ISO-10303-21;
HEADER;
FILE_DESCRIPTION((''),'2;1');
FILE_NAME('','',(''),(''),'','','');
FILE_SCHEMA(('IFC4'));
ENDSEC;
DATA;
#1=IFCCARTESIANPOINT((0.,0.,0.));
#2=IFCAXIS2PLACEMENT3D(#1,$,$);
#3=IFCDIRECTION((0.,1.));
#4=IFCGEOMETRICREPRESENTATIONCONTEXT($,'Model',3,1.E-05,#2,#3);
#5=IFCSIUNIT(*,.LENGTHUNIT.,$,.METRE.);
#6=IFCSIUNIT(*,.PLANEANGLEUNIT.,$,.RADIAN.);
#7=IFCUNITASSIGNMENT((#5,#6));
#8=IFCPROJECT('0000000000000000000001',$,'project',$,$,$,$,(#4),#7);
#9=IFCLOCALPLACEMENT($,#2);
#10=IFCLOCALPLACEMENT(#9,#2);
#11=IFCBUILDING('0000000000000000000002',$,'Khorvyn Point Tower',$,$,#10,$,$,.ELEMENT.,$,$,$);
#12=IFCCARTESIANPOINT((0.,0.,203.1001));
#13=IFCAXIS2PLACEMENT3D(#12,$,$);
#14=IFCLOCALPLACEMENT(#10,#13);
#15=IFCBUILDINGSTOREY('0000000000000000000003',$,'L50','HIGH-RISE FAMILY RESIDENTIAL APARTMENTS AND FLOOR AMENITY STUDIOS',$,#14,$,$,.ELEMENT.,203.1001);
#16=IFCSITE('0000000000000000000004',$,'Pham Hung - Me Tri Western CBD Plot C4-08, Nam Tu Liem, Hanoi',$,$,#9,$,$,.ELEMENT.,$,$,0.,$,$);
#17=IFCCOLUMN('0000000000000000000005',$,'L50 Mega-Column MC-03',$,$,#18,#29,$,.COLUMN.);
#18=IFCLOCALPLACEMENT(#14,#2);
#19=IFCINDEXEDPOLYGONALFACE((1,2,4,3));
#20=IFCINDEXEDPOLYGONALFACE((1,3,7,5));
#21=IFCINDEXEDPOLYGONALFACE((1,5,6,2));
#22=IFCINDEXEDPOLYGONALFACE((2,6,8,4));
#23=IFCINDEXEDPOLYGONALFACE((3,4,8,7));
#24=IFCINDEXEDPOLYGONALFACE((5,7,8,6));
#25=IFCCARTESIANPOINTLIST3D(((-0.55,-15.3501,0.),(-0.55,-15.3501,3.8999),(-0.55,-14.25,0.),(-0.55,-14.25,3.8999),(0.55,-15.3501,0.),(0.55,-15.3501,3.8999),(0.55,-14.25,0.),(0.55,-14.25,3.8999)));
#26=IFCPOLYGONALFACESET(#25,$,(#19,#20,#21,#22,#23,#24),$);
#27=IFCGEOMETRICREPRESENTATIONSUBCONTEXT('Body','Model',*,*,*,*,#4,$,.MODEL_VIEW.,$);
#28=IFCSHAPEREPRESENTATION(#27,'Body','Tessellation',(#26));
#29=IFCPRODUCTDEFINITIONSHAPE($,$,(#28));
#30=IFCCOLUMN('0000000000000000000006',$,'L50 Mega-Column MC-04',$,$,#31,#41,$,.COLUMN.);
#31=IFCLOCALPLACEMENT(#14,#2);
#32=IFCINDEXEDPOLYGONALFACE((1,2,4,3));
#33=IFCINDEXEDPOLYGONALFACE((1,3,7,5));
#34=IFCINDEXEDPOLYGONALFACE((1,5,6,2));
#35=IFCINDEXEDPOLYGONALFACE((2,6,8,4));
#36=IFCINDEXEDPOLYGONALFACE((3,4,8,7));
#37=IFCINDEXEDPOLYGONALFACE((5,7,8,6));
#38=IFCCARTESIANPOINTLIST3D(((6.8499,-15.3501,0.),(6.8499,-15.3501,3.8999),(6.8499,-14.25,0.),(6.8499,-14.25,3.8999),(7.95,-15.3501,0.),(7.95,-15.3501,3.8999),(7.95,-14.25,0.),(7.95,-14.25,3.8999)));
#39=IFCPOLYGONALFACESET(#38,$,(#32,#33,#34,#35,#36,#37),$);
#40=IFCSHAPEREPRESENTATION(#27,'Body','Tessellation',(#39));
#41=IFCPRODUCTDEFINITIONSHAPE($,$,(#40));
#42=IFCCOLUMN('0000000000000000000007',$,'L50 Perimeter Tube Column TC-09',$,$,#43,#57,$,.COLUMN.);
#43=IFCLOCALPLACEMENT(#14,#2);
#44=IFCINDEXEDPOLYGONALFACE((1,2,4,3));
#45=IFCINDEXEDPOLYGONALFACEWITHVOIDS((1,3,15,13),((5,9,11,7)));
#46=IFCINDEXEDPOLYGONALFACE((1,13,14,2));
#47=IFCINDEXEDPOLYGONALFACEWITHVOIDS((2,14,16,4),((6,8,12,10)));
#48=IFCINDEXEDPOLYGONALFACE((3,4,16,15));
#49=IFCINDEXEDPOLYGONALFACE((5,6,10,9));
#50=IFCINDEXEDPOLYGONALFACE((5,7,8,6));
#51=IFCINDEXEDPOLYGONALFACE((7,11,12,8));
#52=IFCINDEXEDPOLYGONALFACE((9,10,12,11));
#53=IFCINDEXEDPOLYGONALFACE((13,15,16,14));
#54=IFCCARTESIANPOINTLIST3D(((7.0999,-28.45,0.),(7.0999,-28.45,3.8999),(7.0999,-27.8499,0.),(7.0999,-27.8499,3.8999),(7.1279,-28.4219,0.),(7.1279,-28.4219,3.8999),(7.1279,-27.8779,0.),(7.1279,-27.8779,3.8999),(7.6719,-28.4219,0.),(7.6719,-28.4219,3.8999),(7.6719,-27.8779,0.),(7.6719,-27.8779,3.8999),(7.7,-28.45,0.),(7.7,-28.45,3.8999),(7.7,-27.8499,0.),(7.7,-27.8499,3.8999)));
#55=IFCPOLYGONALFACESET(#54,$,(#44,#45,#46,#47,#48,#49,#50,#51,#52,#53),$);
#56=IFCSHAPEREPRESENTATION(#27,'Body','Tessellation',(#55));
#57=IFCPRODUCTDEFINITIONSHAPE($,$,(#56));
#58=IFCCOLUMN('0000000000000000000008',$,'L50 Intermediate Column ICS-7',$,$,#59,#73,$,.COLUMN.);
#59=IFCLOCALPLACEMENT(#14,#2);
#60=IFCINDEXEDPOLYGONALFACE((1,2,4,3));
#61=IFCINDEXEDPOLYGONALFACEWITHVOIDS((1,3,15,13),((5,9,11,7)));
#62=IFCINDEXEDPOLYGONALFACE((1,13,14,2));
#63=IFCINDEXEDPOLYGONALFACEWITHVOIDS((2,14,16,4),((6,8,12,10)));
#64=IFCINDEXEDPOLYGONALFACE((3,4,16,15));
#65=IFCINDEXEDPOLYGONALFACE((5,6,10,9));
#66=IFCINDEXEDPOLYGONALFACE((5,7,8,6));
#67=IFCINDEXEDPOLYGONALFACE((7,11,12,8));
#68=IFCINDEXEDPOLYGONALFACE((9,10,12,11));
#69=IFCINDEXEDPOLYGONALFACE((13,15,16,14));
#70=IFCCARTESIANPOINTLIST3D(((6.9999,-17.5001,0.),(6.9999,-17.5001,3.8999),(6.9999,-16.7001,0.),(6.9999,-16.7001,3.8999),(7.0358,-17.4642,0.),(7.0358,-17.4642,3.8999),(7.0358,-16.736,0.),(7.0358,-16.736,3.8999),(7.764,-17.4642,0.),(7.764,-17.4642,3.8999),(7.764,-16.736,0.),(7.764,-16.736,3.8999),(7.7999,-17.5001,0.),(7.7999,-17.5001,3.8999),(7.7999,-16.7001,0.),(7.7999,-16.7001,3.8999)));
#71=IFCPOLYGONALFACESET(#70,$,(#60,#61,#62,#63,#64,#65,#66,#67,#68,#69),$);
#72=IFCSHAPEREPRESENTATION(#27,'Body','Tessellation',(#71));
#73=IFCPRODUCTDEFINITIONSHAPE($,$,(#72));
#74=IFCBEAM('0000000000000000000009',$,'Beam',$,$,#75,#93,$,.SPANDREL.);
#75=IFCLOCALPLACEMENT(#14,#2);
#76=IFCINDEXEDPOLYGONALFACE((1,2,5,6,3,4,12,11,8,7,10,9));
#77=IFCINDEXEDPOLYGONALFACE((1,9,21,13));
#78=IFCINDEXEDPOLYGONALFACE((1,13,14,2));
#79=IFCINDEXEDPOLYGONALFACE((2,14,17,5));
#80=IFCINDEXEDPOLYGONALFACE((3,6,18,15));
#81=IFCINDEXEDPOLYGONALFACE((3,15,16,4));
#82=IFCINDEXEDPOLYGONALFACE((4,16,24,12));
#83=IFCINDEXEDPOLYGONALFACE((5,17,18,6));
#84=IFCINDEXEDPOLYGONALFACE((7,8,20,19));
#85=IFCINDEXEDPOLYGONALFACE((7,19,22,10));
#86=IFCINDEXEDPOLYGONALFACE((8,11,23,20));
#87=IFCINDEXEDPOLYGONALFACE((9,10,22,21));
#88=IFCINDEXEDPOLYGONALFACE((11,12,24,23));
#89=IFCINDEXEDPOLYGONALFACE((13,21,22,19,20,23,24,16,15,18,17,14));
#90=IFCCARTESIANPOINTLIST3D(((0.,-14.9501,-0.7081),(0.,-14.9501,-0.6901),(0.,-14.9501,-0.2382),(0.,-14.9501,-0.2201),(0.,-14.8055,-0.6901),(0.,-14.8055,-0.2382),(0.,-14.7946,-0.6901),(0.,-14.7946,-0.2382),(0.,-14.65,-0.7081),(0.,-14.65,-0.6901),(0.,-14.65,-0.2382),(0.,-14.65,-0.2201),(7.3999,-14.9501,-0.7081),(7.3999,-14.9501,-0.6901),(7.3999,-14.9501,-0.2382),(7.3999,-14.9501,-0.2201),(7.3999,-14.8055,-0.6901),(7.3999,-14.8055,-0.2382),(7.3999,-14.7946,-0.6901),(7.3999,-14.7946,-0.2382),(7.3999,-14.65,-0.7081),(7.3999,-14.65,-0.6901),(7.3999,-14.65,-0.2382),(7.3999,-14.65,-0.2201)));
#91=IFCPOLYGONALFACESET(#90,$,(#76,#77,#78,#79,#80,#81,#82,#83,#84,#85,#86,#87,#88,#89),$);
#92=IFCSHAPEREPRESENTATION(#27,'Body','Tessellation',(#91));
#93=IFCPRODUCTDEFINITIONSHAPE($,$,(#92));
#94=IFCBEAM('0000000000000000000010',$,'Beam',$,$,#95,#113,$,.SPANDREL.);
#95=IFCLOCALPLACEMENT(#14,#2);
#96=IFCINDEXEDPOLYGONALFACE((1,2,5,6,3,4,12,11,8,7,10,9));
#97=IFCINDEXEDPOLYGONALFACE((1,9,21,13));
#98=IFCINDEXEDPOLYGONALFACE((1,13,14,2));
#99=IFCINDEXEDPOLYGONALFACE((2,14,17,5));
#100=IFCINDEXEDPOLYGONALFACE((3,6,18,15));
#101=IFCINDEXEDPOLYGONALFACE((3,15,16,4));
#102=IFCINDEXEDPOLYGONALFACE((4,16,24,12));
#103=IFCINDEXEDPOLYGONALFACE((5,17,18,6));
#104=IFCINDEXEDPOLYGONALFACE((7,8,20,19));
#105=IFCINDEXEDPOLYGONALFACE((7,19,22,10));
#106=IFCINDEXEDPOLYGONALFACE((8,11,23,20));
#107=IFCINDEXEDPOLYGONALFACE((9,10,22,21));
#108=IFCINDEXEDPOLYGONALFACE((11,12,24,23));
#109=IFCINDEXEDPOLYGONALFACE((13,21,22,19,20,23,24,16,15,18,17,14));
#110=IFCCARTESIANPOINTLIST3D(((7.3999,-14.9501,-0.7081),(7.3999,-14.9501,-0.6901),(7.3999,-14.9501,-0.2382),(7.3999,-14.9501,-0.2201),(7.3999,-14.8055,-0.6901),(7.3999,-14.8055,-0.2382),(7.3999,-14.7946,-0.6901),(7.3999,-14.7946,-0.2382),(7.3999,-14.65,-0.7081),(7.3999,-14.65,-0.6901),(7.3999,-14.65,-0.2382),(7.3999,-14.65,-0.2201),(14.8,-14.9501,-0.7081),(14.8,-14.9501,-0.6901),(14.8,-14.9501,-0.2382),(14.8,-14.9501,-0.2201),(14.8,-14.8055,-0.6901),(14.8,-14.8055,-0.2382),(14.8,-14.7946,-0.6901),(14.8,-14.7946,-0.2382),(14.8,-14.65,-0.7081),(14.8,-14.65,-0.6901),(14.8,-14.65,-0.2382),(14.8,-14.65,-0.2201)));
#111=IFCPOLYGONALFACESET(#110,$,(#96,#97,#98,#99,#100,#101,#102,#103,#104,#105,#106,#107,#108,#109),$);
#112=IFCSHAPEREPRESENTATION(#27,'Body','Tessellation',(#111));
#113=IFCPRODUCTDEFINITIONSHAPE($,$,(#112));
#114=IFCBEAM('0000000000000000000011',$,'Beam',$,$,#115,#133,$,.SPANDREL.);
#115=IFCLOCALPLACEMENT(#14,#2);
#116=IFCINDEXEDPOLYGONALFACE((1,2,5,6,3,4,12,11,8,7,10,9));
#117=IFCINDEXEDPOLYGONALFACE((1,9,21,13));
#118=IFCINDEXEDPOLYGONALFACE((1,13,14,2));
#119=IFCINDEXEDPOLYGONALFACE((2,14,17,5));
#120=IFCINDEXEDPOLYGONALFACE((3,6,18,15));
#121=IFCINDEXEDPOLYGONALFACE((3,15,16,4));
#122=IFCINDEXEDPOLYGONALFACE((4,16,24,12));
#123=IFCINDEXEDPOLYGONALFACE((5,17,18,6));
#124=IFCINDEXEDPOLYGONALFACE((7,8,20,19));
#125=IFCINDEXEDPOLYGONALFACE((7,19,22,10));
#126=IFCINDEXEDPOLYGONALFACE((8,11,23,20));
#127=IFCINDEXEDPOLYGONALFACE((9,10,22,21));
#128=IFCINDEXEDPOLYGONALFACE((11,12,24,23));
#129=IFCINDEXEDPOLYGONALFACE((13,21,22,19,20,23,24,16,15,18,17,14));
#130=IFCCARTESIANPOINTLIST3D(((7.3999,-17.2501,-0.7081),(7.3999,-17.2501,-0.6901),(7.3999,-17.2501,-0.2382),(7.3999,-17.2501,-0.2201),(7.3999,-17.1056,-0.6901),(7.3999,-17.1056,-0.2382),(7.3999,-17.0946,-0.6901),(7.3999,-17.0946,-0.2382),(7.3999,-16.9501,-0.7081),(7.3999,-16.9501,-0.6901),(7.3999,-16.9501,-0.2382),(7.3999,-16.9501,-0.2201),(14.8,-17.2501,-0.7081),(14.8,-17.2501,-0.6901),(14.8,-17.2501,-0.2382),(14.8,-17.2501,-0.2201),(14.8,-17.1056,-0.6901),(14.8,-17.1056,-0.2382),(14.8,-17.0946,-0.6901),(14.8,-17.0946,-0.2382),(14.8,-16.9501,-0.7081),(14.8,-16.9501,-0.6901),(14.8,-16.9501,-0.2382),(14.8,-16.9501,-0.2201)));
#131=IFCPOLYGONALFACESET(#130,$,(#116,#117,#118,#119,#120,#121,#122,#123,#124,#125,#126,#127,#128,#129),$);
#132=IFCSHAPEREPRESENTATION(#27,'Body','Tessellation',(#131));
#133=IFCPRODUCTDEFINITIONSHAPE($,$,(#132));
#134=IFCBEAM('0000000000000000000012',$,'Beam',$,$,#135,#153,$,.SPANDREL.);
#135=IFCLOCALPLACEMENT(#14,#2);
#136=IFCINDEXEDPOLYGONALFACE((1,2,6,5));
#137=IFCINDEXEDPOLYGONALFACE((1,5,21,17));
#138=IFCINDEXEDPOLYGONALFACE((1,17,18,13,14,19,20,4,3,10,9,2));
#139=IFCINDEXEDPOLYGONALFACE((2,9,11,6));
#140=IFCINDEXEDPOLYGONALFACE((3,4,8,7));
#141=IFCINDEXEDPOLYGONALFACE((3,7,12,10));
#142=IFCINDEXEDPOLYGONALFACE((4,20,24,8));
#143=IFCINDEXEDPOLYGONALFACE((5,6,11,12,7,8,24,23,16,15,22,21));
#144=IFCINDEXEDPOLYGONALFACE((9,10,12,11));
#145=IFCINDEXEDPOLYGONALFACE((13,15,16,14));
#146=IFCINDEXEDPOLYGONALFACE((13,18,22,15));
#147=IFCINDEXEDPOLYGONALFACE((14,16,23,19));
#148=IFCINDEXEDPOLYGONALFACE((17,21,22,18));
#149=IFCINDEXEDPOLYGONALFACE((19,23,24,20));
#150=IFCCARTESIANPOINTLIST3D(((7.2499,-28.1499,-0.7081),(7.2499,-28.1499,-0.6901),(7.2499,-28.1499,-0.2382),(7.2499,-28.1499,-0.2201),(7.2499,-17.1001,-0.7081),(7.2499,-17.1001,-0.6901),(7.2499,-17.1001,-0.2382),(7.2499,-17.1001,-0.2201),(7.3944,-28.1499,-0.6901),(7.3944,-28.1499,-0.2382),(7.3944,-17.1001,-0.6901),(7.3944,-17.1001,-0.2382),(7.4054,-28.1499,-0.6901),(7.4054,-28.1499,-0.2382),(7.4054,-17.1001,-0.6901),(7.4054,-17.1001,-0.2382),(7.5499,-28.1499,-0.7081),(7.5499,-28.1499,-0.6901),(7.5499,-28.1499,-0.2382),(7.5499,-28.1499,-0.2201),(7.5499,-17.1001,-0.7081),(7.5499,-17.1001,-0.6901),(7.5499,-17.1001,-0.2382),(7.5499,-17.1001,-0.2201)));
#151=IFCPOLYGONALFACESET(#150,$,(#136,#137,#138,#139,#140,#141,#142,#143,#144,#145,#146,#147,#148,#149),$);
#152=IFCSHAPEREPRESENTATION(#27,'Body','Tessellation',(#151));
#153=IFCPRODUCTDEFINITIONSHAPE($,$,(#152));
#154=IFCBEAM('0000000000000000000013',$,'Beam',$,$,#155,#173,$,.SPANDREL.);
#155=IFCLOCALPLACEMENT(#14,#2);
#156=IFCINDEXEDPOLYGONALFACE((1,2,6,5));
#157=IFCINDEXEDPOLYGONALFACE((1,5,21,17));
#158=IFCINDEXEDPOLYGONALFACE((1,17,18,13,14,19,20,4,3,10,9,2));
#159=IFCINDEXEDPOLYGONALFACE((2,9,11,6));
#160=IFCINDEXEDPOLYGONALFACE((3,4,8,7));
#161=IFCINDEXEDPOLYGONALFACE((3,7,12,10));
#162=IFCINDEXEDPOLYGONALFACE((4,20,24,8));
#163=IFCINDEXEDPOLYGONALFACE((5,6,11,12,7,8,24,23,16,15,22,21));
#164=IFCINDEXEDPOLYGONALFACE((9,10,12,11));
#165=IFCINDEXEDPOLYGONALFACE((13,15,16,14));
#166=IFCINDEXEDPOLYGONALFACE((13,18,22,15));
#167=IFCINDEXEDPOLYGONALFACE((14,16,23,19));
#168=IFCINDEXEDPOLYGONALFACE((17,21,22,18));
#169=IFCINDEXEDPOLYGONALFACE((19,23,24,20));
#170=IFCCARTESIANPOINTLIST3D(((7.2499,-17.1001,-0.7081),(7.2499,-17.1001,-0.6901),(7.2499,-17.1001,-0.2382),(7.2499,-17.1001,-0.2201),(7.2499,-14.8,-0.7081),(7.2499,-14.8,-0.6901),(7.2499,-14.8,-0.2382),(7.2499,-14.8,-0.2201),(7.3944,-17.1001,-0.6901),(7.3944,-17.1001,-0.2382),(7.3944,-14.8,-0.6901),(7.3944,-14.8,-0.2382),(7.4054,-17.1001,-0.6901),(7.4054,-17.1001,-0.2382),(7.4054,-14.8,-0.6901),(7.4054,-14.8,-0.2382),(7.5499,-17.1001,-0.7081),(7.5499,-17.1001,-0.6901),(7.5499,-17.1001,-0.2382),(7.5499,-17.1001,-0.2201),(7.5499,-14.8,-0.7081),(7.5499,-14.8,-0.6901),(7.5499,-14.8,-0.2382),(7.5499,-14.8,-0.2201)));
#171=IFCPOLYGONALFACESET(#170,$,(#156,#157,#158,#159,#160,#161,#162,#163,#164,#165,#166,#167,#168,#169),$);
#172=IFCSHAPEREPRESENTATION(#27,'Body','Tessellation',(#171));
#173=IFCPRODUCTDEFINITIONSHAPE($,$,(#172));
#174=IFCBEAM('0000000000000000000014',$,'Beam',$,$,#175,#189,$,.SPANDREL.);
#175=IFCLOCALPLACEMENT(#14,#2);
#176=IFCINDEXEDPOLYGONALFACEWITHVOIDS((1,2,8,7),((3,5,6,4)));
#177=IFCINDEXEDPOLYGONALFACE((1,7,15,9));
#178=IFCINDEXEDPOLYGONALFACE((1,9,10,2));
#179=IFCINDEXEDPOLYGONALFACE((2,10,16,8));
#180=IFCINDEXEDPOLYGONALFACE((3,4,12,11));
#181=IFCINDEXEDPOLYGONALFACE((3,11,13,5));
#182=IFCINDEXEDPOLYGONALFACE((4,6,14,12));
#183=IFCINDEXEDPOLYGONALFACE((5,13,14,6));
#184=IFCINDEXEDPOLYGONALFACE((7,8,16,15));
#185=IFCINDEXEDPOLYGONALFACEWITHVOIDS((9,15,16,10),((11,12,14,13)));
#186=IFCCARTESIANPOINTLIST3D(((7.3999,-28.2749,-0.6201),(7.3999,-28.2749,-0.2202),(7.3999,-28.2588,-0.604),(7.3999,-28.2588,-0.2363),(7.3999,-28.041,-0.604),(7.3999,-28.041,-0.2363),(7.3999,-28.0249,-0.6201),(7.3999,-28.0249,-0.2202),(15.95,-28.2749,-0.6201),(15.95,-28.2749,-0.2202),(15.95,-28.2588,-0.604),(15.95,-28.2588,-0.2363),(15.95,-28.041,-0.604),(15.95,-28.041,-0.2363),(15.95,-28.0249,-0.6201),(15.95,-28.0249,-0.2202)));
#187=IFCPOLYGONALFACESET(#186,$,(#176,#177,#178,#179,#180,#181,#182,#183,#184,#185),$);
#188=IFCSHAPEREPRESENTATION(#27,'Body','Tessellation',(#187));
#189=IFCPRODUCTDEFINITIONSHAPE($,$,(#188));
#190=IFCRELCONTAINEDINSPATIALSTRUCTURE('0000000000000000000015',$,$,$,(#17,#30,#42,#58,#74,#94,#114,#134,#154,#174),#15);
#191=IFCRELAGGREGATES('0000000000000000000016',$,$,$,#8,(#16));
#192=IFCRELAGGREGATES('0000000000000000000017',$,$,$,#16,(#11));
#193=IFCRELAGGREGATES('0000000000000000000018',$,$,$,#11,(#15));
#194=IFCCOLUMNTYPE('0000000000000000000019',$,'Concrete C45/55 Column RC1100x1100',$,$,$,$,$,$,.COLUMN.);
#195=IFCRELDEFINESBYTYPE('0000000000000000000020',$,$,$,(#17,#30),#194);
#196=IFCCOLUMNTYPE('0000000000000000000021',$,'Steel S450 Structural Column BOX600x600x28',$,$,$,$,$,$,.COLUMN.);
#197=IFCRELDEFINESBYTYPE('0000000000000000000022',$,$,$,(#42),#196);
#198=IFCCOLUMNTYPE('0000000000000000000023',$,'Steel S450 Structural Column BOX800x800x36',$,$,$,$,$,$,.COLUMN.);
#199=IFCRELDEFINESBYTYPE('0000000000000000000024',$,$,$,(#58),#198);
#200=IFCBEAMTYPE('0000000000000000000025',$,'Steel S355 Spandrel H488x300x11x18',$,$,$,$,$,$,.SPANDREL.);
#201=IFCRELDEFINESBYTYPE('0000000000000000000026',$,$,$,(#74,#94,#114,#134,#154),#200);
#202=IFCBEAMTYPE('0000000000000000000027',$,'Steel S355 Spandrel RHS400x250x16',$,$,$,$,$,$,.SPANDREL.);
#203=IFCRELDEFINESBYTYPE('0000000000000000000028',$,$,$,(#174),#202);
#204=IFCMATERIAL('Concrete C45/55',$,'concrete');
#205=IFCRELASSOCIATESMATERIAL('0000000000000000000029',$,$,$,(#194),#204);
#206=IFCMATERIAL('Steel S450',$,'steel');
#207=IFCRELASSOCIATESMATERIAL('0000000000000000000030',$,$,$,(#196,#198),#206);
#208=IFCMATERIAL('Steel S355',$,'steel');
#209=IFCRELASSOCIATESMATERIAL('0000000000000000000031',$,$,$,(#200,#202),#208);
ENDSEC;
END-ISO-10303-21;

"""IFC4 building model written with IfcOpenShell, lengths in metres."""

from ifc_helpers import new_model, si_unit, direction, frame, origin, origin_2d, place, context, subcontext, project, spatial, rectangle, hollow_rectangle, i_section, extrude, material, material_profile, profile_set, type_object, element, save


model = new_model("IFC4")

# Units and contexts
model_context = context("Model", 3, precision=1e-05, world=origin(), true_north=direction((0.0, 1.0)))
body_context = subcontext(model_context, "Body", "Model", "MODEL_VIEW")
ifc_project = project(units=[si_unit("LENGTHUNIT", "METRE"), si_unit("PLANEANGLEUNIT", "RADIAN")], contexts=[model_context])

# Site, building, storey
site_placement = place(None, origin())
site = spatial("IfcSite", under=ifc_project, at=site_placement, Name="Pham Hung - Me Tri Western CBD Plot C4-08, Nam Tu Liem, Hanoi", CompositionType="ELEMENT", RefElevation=0.0)
building_placement = place(site_placement, origin())
building = spatial("IfcBuilding", under=site, at=building_placement, Name="Khorvyn Point Tower", CompositionType="ELEMENT")
storey_placement = place(building_placement, frame((0.0, 0.0, 203.1001)))
storey = spatial("IfcBuildingStorey", under=building, at=storey_placement, Name="L50", Description="HIGH-RISE FAMILY RESIDENTIAL APARTMENTS AND FLOOR AMENITY STUDIOS", CompositionType="ELEMENT", Elevation=203.1001)

# Columns
ifc_material_1 = material(Name="Concrete C45/55", Category="concrete")
ifc_material_profile_1 = material_profile(ifc_material_1, rectangle(XDim=1.1001, YDim=1.1001, at=origin_2d()))
ifc_profile_set_1 = profile_set([ifc_material_profile_1], Name="Concrete C45/55 RC1100x1100")
column_type_1 = type_object("IfcColumnType", Name="Concrete C45/55 Column RC1100x1100", PredefinedType="COLUMN", material=ifc_profile_set_1)
for number, where, z_axis, x_axis, name in (
    (1, (0.0, -14.8, 0.0), (0.0, 0.0, 1.0), (1.0, 0.0, 0.0), "L50 Mega-Column MC-03"),
    (2, (7.3999, -14.8, 0.0), (0.0, 0.0, 1.0), (1.0, 0.0, 0.0), "L50 Mega-Column MC-04"),
):
    element("IfcColumn", number, at=place(storey_placement, frame(where, z_axis=z_axis, x_axis=x_axis)), inside=storey, type_object=column_type_1, Name=name, PredefinedType="COLUMN", context=body_context, shape_type="SweptSolid", body=[
        extrude(rectangle(XDim=1.1001, YDim=1.1001, at=origin_2d()), origin(), (0.0, 0.0, 1.0), 3.8999),
    ])
ifc_material_2 = material(Name="Steel S450", Category="steel")
ifc_material_profile_2 = material_profile(ifc_material_2, hollow_rectangle(XDim=0.6001, YDim=0.6001, WallThickness=0.0281, at=origin_2d()))
ifc_profile_set_2 = profile_set([ifc_material_profile_2], Name="Steel S450 BOX600x600x28")
column_type_2 = type_object("IfcColumnType", Name="Steel S450 Structural Column BOX600x600x28", PredefinedType="COLUMN", material=ifc_profile_set_2)
column_1_placement = place(storey_placement, frame((7.3999, -28.1499, 0.0), z_axis=(0.0, 0.0, 1.0), x_axis=(1.0, 0.0, 0.0)))
element("IfcColumn", 3, at=column_1_placement, inside=storey, type_object=column_type_2, Name="L50 Perimeter Tube Column TC-09", PredefinedType="COLUMN", context=body_context, shape_type="SweptSolid", body=[
    extrude(hollow_rectangle(XDim=0.6001, YDim=0.6001, WallThickness=0.0281, at=origin_2d()), origin(), (0.0, 0.0, 1.0), 3.8999),
])
ifc_material_profile_3 = material_profile(ifc_material_2, hollow_rectangle(XDim=0.8, YDim=0.8, WallThickness=0.0359, at=origin_2d()))
ifc_profile_set_3 = profile_set([ifc_material_profile_3], Name="Steel S450 BOX800x800x36")
column_type_3 = type_object("IfcColumnType", Name="Steel S450 Structural Column BOX800x800x36", PredefinedType="COLUMN", material=ifc_profile_set_3)
column_2_placement = place(storey_placement, frame((7.3999, -17.1001, 0.0), z_axis=(0.0, 0.0, 1.0), x_axis=(1.0, 0.0, 0.0)))
element("IfcColumn", 4, at=column_2_placement, inside=storey, type_object=column_type_3, Name="L50 Intermediate Column ICS-7", PredefinedType="COLUMN", context=body_context, shape_type="SweptSolid", body=[
    extrude(hollow_rectangle(XDim=0.8, YDim=0.8, WallThickness=0.0359, at=origin_2d()), origin(), (0.0, 0.0, 1.0), 3.8999),
])

# Beams
ifc_material_3 = material(Name="Steel S355", Category="steel")
ifc_material_profile_4 = material_profile(ifc_material_3, i_section(OverallWidth=0.3, OverallDepth=0.488, WebThickness=0.011, FlangeThickness=0.0181, at=origin_2d()))
ifc_profile_set_4 = profile_set([ifc_material_profile_4], Name="Steel S355 H488x300x11x18")
beam_type_1 = type_object("IfcBeamType", Name="Steel S355 Spandrel H488x300x11x18", PredefinedType="SPANDREL", material=ifc_profile_set_4)
beam_1_placement = place(storey_placement, frame((0.0, -14.8, -0.4641), z_axis=(1.0, 0.0, 0.0), x_axis=(0.0, 1.0, 0.0)))
element("IfcBeam", 5, at=beam_1_placement, inside=storey, type_object=beam_type_1, Name="Beam", PredefinedType="SPANDREL", context=body_context, shape_type="SweptSolid", body=[
    extrude(i_section(OverallWidth=0.3, OverallDepth=0.488, WebThickness=0.011, FlangeThickness=0.0181, at=origin_2d()), origin(), (0.0, 0.0, 1.0), 7.3999),
])
for number, where, z_axis, x_axis, name in (
    (6, (7.3999, -14.8, -0.4641), (1.0, 0.0, 0.0), (0.0, 1.0, 0.0), "Beam"),
    (7, (7.3999, -17.1001, -0.4641), (1.0, 0.0, 0.0), (0.0, 1.0, 0.0), "Beam"),
):
    element("IfcBeam", number, at=place(storey_placement, frame(where, z_axis=z_axis, x_axis=x_axis)), inside=storey, type_object=beam_type_1, Name=name, PredefinedType="SPANDREL", context=body_context, shape_type="SweptSolid", body=[
        extrude(i_section(OverallWidth=0.3, OverallDepth=0.488, WebThickness=0.011, FlangeThickness=0.0181, at=origin_2d()), origin(), (0.0, 0.0, 1.0), 7.4001),
    ])
beam_2_placement = place(storey_placement, frame((7.3999, -28.1499, -0.4641), z_axis=(0.0, 1.0, 0.0), x_axis=(-1.0, 0.0, 0.0)))
element("IfcBeam", 8, at=beam_2_placement, inside=storey, type_object=beam_type_1, Name="Beam", PredefinedType="SPANDREL", context=body_context, shape_type="SweptSolid", body=[
    extrude(i_section(OverallWidth=0.3, OverallDepth=0.488, WebThickness=0.011, FlangeThickness=0.0181, at=origin_2d()), origin(), (0.0, 0.0, 1.0), 11.0498),
])
beam_3_placement = place(storey_placement, frame((7.3999, -17.1001, -0.4641), z_axis=(0.0, 1.0, 0.0), x_axis=(-1.0, 0.0, 0.0)))
element("IfcBeam", 9, at=beam_3_placement, inside=storey, type_object=beam_type_1, Name="Beam", PredefinedType="SPANDREL", context=body_context, shape_type="SweptSolid", body=[
    extrude(i_section(OverallWidth=0.3, OverallDepth=0.488, WebThickness=0.011, FlangeThickness=0.0181, at=origin_2d()), origin(), (0.0, 0.0, 1.0), 2.3),
])
ifc_material_profile_5 = material_profile(ifc_material_3, hollow_rectangle(XDim=0.25, YDim=0.3999, WallThickness=0.0161, at=origin_2d()))
ifc_profile_set_5 = profile_set([ifc_material_profile_5], Name="Steel S355 RHS400x250x16")
beam_type_2 = type_object("IfcBeamType", Name="Steel S355 Spandrel RHS400x250x16", PredefinedType="SPANDREL", material=ifc_profile_set_5)
beam_4_placement = place(storey_placement, frame((7.3999, -28.1499, -0.4202), z_axis=(1.0, 0.0, 0.0), x_axis=(0.0, 1.0, 0.0)))
element("IfcBeam", 10, at=beam_4_placement, inside=storey, type_object=beam_type_2, Name="Beam", PredefinedType="SPANDREL", context=body_context, shape_type="SweptSolid", body=[
    extrude(hollow_rectangle(XDim=0.25, YDim=0.3999, WallThickness=0.0161, at=origin_2d()), origin(), (0.0, 0.0, 1.0), 8.55),
])

save(model, "model.ifc")
